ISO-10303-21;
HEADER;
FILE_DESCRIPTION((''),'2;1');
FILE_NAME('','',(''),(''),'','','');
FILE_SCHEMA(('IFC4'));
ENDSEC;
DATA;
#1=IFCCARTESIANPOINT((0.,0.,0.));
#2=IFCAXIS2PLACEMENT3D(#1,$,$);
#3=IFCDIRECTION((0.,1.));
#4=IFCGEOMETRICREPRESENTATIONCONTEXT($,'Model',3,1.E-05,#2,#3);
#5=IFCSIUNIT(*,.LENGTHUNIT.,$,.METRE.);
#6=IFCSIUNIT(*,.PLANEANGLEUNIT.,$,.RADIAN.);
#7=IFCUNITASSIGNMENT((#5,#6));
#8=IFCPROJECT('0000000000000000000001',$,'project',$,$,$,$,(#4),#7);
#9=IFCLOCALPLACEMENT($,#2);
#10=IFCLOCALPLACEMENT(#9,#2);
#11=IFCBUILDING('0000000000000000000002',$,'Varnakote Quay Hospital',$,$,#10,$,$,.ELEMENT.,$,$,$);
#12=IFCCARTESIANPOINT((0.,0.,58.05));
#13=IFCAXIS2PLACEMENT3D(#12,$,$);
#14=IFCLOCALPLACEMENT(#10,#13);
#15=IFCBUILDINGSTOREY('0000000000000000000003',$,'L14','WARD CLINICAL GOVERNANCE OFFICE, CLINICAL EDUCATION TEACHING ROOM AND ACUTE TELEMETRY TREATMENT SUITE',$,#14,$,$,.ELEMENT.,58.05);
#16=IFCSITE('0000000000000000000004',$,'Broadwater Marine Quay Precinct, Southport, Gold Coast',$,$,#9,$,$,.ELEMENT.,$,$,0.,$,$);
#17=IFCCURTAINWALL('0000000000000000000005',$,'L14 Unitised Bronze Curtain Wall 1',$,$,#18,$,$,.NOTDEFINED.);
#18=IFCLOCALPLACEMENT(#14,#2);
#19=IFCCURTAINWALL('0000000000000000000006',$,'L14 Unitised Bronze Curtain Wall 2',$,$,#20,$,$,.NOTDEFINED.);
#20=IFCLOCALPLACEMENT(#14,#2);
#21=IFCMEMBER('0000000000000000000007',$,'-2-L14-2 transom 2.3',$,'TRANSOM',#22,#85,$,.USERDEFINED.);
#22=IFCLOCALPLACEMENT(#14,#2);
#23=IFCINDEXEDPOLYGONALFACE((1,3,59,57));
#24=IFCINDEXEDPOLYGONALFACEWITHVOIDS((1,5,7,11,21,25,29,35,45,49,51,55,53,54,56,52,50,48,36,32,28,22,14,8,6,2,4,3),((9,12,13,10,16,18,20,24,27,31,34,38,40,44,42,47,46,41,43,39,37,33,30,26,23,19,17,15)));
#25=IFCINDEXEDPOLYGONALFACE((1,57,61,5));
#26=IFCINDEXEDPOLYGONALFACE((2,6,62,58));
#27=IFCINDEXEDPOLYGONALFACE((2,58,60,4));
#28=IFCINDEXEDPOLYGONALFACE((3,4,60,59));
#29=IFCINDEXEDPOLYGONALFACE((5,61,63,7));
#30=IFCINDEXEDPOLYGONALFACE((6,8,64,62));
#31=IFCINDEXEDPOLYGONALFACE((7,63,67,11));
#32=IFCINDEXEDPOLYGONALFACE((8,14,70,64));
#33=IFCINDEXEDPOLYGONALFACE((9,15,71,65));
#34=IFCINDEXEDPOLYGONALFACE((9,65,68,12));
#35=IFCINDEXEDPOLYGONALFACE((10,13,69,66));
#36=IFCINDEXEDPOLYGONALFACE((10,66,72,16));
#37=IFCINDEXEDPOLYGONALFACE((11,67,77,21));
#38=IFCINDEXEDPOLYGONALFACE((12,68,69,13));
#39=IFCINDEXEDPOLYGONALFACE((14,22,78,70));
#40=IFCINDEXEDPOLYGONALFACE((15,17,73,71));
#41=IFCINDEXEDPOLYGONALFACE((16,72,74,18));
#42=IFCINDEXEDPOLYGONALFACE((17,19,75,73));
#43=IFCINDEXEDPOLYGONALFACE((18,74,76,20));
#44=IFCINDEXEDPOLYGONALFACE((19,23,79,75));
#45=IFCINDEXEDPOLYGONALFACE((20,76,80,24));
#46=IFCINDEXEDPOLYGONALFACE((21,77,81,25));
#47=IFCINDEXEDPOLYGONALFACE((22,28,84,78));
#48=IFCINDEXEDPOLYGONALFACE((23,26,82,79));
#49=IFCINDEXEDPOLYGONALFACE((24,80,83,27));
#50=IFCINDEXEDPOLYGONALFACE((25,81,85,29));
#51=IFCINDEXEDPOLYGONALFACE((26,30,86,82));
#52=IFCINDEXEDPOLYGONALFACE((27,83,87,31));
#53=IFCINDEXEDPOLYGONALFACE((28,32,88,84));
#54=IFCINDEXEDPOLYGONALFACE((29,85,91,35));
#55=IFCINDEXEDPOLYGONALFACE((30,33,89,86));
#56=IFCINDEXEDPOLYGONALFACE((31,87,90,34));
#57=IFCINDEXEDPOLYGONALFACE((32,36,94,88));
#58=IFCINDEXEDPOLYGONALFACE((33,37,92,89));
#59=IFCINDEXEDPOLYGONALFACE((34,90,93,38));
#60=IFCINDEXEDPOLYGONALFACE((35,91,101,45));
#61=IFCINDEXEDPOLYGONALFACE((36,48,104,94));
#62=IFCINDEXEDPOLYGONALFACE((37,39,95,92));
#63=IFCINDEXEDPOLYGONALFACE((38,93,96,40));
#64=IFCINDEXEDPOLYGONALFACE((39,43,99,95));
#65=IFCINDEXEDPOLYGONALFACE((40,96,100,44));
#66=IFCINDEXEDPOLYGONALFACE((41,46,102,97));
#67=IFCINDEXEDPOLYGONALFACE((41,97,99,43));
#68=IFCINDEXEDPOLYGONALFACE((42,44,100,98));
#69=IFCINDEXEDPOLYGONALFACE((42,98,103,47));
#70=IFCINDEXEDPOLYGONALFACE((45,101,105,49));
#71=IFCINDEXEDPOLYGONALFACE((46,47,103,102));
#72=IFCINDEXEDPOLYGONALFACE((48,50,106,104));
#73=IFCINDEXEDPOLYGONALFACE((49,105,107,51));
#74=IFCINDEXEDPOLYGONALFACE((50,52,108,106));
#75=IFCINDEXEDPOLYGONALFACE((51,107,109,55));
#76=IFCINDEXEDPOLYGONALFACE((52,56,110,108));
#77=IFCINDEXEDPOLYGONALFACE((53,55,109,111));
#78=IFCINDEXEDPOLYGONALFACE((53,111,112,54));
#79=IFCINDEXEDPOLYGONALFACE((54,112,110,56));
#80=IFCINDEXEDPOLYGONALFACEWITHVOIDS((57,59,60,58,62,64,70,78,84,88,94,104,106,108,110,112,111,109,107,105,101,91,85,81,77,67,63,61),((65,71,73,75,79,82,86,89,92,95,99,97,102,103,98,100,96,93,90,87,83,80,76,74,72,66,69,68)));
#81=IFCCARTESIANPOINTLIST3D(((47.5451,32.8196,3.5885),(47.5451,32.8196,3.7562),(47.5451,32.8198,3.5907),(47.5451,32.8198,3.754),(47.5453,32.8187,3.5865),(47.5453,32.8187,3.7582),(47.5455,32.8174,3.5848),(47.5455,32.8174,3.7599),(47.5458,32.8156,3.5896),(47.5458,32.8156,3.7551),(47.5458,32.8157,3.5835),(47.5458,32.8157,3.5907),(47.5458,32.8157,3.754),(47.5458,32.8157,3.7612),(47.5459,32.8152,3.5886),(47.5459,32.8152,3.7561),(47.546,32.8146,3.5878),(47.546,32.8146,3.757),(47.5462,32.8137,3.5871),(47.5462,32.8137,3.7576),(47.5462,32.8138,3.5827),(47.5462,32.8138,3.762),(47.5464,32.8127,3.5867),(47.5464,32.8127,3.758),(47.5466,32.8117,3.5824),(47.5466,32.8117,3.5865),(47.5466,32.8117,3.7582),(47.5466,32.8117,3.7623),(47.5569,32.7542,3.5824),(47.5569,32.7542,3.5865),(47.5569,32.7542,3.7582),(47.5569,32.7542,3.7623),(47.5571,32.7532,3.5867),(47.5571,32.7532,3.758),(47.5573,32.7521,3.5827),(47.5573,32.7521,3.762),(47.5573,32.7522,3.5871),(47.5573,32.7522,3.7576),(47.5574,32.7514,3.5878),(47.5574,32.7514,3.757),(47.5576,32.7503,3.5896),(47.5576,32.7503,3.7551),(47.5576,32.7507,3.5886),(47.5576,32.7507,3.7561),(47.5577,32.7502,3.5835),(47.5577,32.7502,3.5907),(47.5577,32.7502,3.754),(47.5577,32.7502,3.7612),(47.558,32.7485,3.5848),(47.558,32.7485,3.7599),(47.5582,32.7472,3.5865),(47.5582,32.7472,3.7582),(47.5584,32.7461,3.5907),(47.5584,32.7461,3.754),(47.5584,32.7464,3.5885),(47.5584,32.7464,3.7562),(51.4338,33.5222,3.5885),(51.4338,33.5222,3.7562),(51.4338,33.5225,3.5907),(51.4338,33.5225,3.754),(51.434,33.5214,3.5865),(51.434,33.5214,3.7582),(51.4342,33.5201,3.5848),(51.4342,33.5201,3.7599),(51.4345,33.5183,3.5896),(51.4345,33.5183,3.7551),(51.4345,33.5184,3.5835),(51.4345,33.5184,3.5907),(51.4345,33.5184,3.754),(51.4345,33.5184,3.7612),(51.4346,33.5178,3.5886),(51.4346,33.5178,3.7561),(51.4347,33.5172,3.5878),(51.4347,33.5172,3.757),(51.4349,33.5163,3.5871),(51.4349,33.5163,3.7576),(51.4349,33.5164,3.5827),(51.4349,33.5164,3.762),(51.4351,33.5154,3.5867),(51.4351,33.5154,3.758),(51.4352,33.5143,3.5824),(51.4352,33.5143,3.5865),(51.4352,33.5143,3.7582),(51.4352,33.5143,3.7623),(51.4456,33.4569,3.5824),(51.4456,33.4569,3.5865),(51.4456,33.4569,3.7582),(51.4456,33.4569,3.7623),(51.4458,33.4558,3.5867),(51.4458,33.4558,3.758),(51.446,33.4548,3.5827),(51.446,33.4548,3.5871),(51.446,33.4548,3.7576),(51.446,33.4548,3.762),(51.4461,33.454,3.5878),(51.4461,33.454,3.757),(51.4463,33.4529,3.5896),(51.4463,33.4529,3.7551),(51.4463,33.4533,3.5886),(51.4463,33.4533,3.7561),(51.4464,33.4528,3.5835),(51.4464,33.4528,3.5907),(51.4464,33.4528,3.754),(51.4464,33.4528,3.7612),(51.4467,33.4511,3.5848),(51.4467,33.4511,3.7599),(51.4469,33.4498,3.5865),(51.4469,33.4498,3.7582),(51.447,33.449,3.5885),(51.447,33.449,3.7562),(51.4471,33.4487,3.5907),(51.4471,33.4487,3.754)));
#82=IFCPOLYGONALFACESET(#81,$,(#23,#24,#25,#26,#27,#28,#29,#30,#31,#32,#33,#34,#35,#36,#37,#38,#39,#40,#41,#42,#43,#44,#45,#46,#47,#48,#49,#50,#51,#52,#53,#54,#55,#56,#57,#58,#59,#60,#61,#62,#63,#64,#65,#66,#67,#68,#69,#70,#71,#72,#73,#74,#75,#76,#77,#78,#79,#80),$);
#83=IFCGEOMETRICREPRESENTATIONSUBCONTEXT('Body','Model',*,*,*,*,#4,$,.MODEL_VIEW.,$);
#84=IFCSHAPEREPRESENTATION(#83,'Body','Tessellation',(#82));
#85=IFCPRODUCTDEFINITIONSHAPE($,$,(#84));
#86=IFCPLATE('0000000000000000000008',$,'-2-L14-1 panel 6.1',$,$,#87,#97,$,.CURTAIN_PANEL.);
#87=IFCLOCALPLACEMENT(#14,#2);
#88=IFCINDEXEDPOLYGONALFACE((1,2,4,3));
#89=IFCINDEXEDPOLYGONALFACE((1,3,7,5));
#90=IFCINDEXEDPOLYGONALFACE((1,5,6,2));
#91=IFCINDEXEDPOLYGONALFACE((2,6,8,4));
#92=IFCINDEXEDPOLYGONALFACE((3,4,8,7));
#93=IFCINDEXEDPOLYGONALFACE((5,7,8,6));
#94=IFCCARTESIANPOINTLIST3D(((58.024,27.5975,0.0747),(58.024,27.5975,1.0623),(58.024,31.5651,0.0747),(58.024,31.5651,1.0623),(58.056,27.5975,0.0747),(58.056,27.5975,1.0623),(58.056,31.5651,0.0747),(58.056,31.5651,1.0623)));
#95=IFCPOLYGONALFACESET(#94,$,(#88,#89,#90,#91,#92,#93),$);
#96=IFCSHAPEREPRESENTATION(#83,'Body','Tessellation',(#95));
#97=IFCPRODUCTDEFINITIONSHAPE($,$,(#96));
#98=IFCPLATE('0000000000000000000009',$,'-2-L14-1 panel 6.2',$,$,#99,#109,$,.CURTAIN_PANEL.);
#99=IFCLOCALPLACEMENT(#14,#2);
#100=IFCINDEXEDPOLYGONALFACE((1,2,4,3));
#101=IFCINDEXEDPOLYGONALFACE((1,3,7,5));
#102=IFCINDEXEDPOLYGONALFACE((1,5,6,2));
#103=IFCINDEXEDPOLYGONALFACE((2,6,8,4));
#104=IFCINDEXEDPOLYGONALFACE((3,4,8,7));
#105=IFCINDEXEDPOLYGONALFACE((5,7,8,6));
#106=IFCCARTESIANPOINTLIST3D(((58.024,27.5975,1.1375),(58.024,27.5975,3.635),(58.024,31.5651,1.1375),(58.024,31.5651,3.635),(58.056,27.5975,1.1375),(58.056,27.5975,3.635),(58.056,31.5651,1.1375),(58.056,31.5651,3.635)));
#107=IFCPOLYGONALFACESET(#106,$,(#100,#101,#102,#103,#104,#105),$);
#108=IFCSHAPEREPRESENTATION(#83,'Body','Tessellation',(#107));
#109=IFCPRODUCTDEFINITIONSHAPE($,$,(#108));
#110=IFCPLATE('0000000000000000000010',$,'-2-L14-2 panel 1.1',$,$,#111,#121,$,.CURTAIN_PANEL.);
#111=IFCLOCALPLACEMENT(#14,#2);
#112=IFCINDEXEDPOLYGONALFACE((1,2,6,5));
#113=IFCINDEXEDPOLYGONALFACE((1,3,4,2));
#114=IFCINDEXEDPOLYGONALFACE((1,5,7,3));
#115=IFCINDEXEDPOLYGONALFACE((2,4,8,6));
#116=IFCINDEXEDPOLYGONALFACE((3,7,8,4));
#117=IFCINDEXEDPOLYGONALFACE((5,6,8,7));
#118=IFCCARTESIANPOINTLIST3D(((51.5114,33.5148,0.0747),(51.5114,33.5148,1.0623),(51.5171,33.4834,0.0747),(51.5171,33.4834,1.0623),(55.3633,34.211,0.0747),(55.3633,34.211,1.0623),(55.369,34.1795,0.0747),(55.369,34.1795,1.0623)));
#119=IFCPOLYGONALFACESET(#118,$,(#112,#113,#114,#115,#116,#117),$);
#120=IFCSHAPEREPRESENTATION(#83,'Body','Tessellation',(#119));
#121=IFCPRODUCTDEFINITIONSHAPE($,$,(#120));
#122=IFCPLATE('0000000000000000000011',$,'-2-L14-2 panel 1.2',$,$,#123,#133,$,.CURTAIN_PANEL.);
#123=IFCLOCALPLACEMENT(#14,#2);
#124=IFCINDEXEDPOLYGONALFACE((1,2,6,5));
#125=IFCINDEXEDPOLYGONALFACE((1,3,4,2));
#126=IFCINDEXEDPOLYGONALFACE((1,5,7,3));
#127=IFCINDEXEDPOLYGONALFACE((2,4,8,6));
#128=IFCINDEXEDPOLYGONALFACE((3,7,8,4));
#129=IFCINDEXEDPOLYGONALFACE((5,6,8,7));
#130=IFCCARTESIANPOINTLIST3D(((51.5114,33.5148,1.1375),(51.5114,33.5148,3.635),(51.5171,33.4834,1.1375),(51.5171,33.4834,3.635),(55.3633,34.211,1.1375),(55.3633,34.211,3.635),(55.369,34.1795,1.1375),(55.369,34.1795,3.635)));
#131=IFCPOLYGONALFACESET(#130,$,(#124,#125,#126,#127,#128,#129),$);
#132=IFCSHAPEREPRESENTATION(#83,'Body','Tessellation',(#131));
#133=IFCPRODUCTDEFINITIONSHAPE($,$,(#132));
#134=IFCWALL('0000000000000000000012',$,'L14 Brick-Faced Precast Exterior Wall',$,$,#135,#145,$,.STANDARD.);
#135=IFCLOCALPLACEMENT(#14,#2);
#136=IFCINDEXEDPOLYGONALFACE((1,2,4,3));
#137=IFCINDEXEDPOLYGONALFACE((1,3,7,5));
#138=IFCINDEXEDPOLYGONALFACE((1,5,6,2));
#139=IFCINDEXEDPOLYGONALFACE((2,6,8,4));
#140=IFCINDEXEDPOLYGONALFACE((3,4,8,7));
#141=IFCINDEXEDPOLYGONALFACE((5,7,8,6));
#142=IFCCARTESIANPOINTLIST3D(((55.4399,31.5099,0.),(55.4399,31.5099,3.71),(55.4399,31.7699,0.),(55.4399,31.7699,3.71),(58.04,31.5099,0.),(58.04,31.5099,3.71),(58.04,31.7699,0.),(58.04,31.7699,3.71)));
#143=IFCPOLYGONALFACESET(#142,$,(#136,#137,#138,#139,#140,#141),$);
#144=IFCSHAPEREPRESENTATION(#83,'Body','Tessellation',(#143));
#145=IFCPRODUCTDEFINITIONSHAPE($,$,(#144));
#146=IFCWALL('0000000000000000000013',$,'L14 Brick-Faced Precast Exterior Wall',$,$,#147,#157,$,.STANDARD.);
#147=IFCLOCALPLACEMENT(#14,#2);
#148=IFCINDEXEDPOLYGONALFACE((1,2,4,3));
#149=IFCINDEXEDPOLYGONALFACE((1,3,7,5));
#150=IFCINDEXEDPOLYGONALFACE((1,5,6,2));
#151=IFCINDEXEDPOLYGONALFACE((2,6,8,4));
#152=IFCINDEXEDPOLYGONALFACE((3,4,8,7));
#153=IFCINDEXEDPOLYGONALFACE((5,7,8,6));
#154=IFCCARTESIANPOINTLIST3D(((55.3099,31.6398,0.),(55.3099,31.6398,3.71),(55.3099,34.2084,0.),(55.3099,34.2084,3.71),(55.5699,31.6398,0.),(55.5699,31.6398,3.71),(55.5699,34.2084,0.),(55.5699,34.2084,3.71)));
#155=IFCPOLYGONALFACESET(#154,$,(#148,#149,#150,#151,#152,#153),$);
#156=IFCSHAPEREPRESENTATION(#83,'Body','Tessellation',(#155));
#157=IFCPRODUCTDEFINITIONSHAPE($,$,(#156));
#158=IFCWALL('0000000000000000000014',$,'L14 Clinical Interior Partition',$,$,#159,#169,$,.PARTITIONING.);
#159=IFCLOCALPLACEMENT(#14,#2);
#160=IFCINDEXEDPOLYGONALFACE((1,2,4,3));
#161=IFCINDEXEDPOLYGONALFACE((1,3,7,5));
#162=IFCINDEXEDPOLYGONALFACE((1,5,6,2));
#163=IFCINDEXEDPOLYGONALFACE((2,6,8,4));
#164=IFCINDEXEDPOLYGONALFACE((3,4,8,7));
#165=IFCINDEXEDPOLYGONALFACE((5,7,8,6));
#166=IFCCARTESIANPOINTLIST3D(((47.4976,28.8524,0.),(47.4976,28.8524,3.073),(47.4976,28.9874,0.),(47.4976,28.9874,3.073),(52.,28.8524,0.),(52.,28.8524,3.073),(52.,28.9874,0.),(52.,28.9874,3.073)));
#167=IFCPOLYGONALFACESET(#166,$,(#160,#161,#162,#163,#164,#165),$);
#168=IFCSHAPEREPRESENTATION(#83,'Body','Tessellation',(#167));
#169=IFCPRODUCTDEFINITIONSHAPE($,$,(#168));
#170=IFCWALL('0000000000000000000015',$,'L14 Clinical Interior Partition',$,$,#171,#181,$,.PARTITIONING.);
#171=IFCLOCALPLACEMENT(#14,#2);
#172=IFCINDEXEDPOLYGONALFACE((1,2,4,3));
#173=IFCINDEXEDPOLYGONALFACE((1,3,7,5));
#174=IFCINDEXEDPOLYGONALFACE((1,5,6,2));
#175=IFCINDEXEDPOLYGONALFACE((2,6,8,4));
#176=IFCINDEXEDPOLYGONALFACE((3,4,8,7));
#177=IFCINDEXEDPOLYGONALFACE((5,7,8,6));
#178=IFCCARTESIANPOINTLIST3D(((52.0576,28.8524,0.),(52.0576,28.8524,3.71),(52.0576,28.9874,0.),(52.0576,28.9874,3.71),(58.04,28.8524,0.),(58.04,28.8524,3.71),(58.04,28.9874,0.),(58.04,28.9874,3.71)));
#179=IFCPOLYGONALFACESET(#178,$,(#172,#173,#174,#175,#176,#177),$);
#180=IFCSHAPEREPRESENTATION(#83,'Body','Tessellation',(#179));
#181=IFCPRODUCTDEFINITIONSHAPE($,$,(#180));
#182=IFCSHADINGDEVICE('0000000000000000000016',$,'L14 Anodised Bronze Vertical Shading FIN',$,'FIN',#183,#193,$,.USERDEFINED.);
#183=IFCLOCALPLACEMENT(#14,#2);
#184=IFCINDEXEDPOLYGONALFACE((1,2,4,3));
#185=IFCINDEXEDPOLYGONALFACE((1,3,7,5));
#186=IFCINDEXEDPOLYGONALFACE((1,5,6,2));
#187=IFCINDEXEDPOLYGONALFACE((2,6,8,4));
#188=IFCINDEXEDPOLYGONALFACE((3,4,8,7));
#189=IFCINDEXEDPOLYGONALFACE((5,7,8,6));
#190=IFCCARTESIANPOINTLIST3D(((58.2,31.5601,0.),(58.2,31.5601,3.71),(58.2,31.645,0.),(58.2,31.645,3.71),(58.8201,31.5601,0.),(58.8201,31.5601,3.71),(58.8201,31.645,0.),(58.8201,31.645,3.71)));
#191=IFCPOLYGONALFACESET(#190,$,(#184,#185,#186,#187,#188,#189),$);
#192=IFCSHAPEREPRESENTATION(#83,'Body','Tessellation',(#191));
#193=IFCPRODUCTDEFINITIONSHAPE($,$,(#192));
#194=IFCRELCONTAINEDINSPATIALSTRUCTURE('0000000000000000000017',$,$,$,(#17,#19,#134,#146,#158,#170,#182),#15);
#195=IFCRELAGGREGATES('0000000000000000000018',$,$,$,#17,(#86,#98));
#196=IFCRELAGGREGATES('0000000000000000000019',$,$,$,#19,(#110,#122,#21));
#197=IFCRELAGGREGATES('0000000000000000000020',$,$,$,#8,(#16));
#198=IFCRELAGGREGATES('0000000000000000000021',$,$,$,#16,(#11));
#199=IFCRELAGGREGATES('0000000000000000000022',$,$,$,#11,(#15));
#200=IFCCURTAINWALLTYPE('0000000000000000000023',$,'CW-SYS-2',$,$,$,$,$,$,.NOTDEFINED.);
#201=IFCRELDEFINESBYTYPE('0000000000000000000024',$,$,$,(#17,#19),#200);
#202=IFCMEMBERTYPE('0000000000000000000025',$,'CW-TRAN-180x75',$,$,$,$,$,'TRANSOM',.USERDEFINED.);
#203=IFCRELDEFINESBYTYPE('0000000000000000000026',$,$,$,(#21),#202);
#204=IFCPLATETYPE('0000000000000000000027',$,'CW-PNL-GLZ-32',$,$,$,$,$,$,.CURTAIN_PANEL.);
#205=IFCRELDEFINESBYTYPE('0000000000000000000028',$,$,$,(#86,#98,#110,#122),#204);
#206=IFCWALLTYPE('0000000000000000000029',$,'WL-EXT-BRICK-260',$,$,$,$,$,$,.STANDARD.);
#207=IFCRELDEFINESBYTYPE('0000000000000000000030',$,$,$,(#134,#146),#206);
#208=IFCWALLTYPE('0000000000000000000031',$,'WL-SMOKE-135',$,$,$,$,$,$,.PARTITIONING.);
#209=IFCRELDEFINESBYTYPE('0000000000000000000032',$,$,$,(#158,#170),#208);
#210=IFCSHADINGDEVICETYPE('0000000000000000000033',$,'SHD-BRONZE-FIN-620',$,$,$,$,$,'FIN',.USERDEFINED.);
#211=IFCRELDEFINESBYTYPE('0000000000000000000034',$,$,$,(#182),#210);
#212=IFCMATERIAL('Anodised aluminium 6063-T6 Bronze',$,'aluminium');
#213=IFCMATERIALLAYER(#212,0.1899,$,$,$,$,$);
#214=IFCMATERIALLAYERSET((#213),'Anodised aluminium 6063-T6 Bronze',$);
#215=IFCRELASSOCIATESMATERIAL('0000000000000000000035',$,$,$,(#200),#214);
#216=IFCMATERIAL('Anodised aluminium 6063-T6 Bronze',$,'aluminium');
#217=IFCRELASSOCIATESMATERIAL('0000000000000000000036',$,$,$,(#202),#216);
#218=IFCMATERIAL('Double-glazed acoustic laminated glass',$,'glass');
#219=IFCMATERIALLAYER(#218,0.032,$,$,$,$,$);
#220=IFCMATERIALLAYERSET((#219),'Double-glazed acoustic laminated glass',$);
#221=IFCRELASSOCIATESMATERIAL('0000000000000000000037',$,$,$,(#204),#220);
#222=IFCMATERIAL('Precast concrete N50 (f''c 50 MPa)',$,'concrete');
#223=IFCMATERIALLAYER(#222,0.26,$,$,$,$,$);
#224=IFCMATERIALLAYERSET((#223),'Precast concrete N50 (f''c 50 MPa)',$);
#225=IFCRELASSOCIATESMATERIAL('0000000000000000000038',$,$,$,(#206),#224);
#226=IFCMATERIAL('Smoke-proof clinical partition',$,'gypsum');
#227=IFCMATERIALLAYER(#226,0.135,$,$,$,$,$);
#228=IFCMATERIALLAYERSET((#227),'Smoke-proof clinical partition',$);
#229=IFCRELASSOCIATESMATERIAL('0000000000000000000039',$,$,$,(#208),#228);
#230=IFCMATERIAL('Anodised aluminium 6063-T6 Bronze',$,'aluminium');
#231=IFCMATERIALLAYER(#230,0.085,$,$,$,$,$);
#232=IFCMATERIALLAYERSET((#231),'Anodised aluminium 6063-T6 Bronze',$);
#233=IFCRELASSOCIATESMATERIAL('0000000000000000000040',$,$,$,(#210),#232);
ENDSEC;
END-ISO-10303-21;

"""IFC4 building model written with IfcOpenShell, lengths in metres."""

from ifc_helpers import new_model, si_unit, direction, frame, frame_2d, origin, origin_2d, place, context, subcontext, project, spatial, rectangle, hollow_rectangle, extrude, material, layer, layer_set, material_profile, profile_set, type_object, element, aggregate, save


model = new_model("IFC4")

# Units and contexts
model_context = context("Model", 3, precision=1e-05, world=origin(), true_north=direction((0.0, 1.0)))
body_context = subcontext(model_context, "Body", "Model", "MODEL_VIEW")
ifc_project = project(units=[si_unit("LENGTHUNIT", "METRE"), si_unit("PLANEANGLEUNIT", "RADIAN")], contexts=[model_context])

# Site, building, storey
site_placement = place(None, origin())
site = spatial("IfcSite", under=ifc_project, at=site_placement, Name="Broadwater Marine Quay Precinct, Southport, Gold Coast", CompositionType="ELEMENT", RefElevation=0.0)
building_placement = place(site_placement, origin())
building = spatial("IfcBuilding", under=site, at=building_placement, Name="Varnakote Quay Hospital", CompositionType="ELEMENT")
storey_placement = place(building_placement, frame((0.0, 0.0, 58.05)))
storey = spatial("IfcBuildingStorey", under=building, at=storey_placement, Name="L14", Description="WARD CLINICAL GOVERNANCE OFFICE, CLINICAL EDUCATION TEACHING ROOM AND ACUTE TELEMETRY TREATMENT SUITE", CompositionType="ELEMENT", Elevation=58.05)

# Curtain wall
ifc_material_1 = material(Name="Anodised aluminium 6063-T6 Bronze", Category="aluminium")
ifc_layer_1 = layer(ifc_material_1, 0.1899)
ifc_layer_set_1 = layer_set([ifc_layer_1], Name="Anodised aluminium 6063-T6 Bronze")
curtain_wall_type = type_object("IfcCurtainWallType", Name="CW-SYS-2", PredefinedType="NOTDEFINED", material=ifc_layer_set_1)
curtain_wall_1_placement = place(storey_placement, origin())
curtain_wall_1 = element("IfcCurtainWall", 1, at=curtain_wall_1_placement, inside=storey, type_object=curtain_wall_type, Name="L14 Unitised Bronze Curtain Wall 1", PredefinedType="NOTDEFINED")

# Curtain wall
curtain_wall_2_placement = place(storey_placement, origin())
curtain_wall_2 = element("IfcCurtainWall", 2, at=curtain_wall_2_placement, inside=storey, type_object=curtain_wall_type, Name="L14 Unitised Bronze Curtain Wall 2", PredefinedType="NOTDEFINED")

# Member
ifc_material_2 = material(Name="Anodised aluminium 6063-T6 Bronze", Category="aluminium")
ifc_material_profile_1 = material_profile(ifc_material_2, hollow_rectangle(XDim=0.075, YDim=0.1799, WallThickness=0.0042, InnerFilletRadius=0.0042, OuterFilletRadius=0.0083, at=origin_2d()), Name="CW-TRAN-180x75")
ifc_profile_set_1 = profile_set([ifc_material_profile_1], Name="Anodised aluminium 6063-T6 Bronze")
member_type_1 = type_object("IfcMemberType", Name="CW-TRAN-180x75", ElementType="TRANSOM", PredefinedType="USERDEFINED", material=ifc_profile_set_1)
member_1_placement = place(storey_placement, frame((51.4404, 33.4856, 3.6724), z_axis=(-0.984065, -0.177809, 0.0), x_axis=(0.177809, -0.984065, 0.0)))
member_1 = element("IfcMember", 3, at=member_1_placement, type_object=member_type_1, Name="-2-L14-2 transom 2.3", ObjectType="TRANSOM", PredefinedType="USERDEFINED", context=body_context, shape_type="SweptSolid", body=[
    extrude(hollow_rectangle(XDim=0.075, YDim=0.1799, WallThickness=0.0042, InnerFilletRadius=0.0042, OuterFilletRadius=0.0083, at=origin_2d()), origin(), (0.0, 0.0, 1.0), 3.9517),
])

# Plates
ifc_material_3 = material(Name="Double-glazed acoustic laminated glass", Category="glass")
ifc_layer_2 = layer(ifc_material_3, 0.032)
ifc_layer_set_2 = layer_set([ifc_layer_2], Name="Double-glazed acoustic laminated glass")
plate_type = type_object("IfcPlateType", Name="CW-PNL-GLZ-32", PredefinedType="CURTAIN_PANEL", material=ifc_layer_set_2)
plate_1_placement = place(storey_placement, frame((58.04, 29.5813, 0.0747), z_axis=(0.0, 0.0, 1.0), x_axis=(0.0, 1.0, 0.0)))
plate_1 = element("IfcPlate", 4, at=plate_1_placement, type_object=plate_type, Name="-2-L14-1 panel 6.1", PredefinedType="CURTAIN_PANEL", context=body_context, shape_type="SweptSolid", body=[
    extrude(rectangle(XDim=3.9675, YDim=0.032, at=origin_2d()), origin(), (0.0, 0.0, 1.0), 0.9875),
])
plate_2_placement = place(storey_placement, frame((58.04, 29.5813, 1.1375), z_axis=(0.0, 0.0, 1.0), x_axis=(0.0, 1.0, 0.0)))
plate_2 = element("IfcPlate", 5, at=plate_2_placement, type_object=plate_type, Name="-2-L14-1 panel 6.2", PredefinedType="CURTAIN_PANEL", context=body_context, shape_type="SweptSolid", body=[
    extrude(rectangle(XDim=3.9675, YDim=0.032, at=origin_2d()), origin(), (0.0, 0.0, 1.0), 2.4976),
])
aggregate(curtain_wall_1, [plate_1, plate_2])
plate_3_placement = place(storey_placement, frame((53.4402, 33.8472, 0.0747), z_axis=(0.0, 0.0, 1.0), x_axis=(-0.984058, -0.177846, 0.0)))
plate_3 = element("IfcPlate", 6, at=plate_3_placement, type_object=plate_type, Name="-2-L14-2 panel 1.1", PredefinedType="CURTAIN_PANEL", context=body_context, shape_type="SweptSolid", body=[
    extrude(rectangle(XDim=3.9143, YDim=0.032, at=origin_2d()), origin(), (0.0, 0.0, 1.0), 0.9875),
])
plate_4_placement = place(storey_placement, frame((53.4402, 33.8472, 1.1375), z_axis=(0.0, 0.0, 1.0), x_axis=(-0.984058, -0.177846, 0.0)))
plate_4 = element("IfcPlate", 7, at=plate_4_placement, type_object=plate_type, Name="-2-L14-2 panel 1.2", PredefinedType="CURTAIN_PANEL", context=body_context, shape_type="SweptSolid", body=[
    extrude(rectangle(XDim=3.9143, YDim=0.032, at=origin_2d()), origin(), (0.0, 0.0, 1.0), 2.4976),
])
aggregate(curtain_wall_2, [plate_3, plate_4, member_1])

# Walls
ifc_material_4 = material(Name="Precast concrete N50 (f'c 50 MPa)", Category="concrete")
ifc_layer_3 = layer(ifc_material_4, 0.26)
ifc_layer_set_3 = layer_set([ifc_layer_3], Name="Precast concrete N50 (f'c 50 MPa)")
wall_type_1 = type_object("IfcWallType", Name="WL-EXT-BRICK-260", PredefinedType="STANDARD", material=ifc_layer_set_3)
wall_1_placement = place(storey_placement, frame((58.04, 31.6399, 0.0), z_axis=(0.0, 0.0, 1.0), x_axis=(-1.0, 0.0, 0.0)))
element("IfcWall", 8, at=wall_1_placement, inside=storey, type_object=wall_type_1, Name="L14 Brick-Faced Precast Exterior Wall", PredefinedType="STANDARD", context=body_context, shape_type="SweptSolid", body=[
    extrude(rectangle(XDim=2.6001, YDim=0.26, at=frame_2d((1.3, 0.0))), origin(), (0.0, 0.0, 1.0), 3.71),
])
wall_2_placement = place(storey_placement, frame((55.4399, 31.6399, 0.0), z_axis=(0.0, 0.0, 1.0), x_axis=(0.0, 1.0, 0.0)))
element("IfcWall", 9, at=wall_2_placement, inside=storey, type_object=wall_type_1, Name="L14 Brick-Faced Precast Exterior Wall", PredefinedType="STANDARD", context=body_context, shape_type="SweptSolid", body=[
    extrude(rectangle(XDim=2.5686, YDim=0.26, at=frame_2d((1.2842, 0.0))), origin(), (0.0, 0.0, 1.0), 3.71),
])
ifc_material_5 = material(Name="Smoke-proof clinical partition", Category="gypsum")
ifc_layer_4 = layer(ifc_material_5, 0.135)
ifc_layer_set_4 = layer_set([ifc_layer_4], Name="Smoke-proof clinical partition")
wall_type_2 = type_object("IfcWallType", Name="WL-SMOKE-135", PredefinedType="PARTITIONING", material=ifc_layer_set_4)
wall_3_placement = place(storey_placement, frame((52.0, 28.9199, 0.0), z_axis=(0.0, 0.0, 1.0), x_axis=(-1.0, 0.0, 0.0)))
element("IfcWall", 10, at=wall_3_placement, inside=storey, type_object=wall_type_2, Name="L14 Clinical Interior Partition", PredefinedType="PARTITIONING", context=body_context, shape_type="SweptSolid", body=[
    extrude(rectangle(XDim=4.5024, YDim=0.135, at=frame_2d((2.2512, 0.0))), origin(), (0.0, 0.0, 1.0), 3.073),
])
wall_4_placement = place(storey_placement, frame((58.04, 28.9199, 0.0), z_axis=(0.0, 0.0, 1.0), x_axis=(-1.0, 0.0, 0.0)))
element("IfcWall", 11, at=wall_4_placement, inside=storey, type_object=wall_type_2, Name="L14 Clinical Interior Partition", PredefinedType="PARTITIONING", context=body_context, shape_type="SweptSolid", body=[
    extrude(rectangle(XDim=5.9824, YDim=0.135, at=frame_2d((2.9912, 0.0))), origin(), (0.0, 0.0, 1.0), 3.71),
])

# Shading device
ifc_material_6 = material(Name="Anodised aluminium 6063-T6 Bronze", Category="aluminium")
ifc_layer_5 = layer(ifc_material_6, 0.085)
ifc_layer_set_5 = layer_set([ifc_layer_5], Name="Anodised aluminium 6063-T6 Bronze")
shading_device_type = type_object("IfcShadingDeviceType", Name="SHD-BRONZE-FIN-620", ElementType="FIN", PredefinedType="USERDEFINED", material=ifc_layer_set_5)
for number, where, z_axis, x_axis, name in (
    (12, (58.51, 31.6025, 0.0), (0.0, 0.0, 1.0), (-1.0, 0.0, 0.0), "L14 Anodised Bronze Vertical Shading FIN"),
):
    element("IfcShadingDevice", number, at=place(storey_placement, frame(where, z_axis=z_axis, x_axis=x_axis)), inside=storey, type_object=shading_device_type, Name=name, ObjectType="FIN", PredefinedType="USERDEFINED", context=body_context, shape_type="SweptSolid", body=[
        extrude(rectangle(XDim=0.6201, YDim=0.085, at=origin_2d()), origin(), (0.0, 0.0, 1.0), 3.71),
    ])

save(model, "model.ifc")
